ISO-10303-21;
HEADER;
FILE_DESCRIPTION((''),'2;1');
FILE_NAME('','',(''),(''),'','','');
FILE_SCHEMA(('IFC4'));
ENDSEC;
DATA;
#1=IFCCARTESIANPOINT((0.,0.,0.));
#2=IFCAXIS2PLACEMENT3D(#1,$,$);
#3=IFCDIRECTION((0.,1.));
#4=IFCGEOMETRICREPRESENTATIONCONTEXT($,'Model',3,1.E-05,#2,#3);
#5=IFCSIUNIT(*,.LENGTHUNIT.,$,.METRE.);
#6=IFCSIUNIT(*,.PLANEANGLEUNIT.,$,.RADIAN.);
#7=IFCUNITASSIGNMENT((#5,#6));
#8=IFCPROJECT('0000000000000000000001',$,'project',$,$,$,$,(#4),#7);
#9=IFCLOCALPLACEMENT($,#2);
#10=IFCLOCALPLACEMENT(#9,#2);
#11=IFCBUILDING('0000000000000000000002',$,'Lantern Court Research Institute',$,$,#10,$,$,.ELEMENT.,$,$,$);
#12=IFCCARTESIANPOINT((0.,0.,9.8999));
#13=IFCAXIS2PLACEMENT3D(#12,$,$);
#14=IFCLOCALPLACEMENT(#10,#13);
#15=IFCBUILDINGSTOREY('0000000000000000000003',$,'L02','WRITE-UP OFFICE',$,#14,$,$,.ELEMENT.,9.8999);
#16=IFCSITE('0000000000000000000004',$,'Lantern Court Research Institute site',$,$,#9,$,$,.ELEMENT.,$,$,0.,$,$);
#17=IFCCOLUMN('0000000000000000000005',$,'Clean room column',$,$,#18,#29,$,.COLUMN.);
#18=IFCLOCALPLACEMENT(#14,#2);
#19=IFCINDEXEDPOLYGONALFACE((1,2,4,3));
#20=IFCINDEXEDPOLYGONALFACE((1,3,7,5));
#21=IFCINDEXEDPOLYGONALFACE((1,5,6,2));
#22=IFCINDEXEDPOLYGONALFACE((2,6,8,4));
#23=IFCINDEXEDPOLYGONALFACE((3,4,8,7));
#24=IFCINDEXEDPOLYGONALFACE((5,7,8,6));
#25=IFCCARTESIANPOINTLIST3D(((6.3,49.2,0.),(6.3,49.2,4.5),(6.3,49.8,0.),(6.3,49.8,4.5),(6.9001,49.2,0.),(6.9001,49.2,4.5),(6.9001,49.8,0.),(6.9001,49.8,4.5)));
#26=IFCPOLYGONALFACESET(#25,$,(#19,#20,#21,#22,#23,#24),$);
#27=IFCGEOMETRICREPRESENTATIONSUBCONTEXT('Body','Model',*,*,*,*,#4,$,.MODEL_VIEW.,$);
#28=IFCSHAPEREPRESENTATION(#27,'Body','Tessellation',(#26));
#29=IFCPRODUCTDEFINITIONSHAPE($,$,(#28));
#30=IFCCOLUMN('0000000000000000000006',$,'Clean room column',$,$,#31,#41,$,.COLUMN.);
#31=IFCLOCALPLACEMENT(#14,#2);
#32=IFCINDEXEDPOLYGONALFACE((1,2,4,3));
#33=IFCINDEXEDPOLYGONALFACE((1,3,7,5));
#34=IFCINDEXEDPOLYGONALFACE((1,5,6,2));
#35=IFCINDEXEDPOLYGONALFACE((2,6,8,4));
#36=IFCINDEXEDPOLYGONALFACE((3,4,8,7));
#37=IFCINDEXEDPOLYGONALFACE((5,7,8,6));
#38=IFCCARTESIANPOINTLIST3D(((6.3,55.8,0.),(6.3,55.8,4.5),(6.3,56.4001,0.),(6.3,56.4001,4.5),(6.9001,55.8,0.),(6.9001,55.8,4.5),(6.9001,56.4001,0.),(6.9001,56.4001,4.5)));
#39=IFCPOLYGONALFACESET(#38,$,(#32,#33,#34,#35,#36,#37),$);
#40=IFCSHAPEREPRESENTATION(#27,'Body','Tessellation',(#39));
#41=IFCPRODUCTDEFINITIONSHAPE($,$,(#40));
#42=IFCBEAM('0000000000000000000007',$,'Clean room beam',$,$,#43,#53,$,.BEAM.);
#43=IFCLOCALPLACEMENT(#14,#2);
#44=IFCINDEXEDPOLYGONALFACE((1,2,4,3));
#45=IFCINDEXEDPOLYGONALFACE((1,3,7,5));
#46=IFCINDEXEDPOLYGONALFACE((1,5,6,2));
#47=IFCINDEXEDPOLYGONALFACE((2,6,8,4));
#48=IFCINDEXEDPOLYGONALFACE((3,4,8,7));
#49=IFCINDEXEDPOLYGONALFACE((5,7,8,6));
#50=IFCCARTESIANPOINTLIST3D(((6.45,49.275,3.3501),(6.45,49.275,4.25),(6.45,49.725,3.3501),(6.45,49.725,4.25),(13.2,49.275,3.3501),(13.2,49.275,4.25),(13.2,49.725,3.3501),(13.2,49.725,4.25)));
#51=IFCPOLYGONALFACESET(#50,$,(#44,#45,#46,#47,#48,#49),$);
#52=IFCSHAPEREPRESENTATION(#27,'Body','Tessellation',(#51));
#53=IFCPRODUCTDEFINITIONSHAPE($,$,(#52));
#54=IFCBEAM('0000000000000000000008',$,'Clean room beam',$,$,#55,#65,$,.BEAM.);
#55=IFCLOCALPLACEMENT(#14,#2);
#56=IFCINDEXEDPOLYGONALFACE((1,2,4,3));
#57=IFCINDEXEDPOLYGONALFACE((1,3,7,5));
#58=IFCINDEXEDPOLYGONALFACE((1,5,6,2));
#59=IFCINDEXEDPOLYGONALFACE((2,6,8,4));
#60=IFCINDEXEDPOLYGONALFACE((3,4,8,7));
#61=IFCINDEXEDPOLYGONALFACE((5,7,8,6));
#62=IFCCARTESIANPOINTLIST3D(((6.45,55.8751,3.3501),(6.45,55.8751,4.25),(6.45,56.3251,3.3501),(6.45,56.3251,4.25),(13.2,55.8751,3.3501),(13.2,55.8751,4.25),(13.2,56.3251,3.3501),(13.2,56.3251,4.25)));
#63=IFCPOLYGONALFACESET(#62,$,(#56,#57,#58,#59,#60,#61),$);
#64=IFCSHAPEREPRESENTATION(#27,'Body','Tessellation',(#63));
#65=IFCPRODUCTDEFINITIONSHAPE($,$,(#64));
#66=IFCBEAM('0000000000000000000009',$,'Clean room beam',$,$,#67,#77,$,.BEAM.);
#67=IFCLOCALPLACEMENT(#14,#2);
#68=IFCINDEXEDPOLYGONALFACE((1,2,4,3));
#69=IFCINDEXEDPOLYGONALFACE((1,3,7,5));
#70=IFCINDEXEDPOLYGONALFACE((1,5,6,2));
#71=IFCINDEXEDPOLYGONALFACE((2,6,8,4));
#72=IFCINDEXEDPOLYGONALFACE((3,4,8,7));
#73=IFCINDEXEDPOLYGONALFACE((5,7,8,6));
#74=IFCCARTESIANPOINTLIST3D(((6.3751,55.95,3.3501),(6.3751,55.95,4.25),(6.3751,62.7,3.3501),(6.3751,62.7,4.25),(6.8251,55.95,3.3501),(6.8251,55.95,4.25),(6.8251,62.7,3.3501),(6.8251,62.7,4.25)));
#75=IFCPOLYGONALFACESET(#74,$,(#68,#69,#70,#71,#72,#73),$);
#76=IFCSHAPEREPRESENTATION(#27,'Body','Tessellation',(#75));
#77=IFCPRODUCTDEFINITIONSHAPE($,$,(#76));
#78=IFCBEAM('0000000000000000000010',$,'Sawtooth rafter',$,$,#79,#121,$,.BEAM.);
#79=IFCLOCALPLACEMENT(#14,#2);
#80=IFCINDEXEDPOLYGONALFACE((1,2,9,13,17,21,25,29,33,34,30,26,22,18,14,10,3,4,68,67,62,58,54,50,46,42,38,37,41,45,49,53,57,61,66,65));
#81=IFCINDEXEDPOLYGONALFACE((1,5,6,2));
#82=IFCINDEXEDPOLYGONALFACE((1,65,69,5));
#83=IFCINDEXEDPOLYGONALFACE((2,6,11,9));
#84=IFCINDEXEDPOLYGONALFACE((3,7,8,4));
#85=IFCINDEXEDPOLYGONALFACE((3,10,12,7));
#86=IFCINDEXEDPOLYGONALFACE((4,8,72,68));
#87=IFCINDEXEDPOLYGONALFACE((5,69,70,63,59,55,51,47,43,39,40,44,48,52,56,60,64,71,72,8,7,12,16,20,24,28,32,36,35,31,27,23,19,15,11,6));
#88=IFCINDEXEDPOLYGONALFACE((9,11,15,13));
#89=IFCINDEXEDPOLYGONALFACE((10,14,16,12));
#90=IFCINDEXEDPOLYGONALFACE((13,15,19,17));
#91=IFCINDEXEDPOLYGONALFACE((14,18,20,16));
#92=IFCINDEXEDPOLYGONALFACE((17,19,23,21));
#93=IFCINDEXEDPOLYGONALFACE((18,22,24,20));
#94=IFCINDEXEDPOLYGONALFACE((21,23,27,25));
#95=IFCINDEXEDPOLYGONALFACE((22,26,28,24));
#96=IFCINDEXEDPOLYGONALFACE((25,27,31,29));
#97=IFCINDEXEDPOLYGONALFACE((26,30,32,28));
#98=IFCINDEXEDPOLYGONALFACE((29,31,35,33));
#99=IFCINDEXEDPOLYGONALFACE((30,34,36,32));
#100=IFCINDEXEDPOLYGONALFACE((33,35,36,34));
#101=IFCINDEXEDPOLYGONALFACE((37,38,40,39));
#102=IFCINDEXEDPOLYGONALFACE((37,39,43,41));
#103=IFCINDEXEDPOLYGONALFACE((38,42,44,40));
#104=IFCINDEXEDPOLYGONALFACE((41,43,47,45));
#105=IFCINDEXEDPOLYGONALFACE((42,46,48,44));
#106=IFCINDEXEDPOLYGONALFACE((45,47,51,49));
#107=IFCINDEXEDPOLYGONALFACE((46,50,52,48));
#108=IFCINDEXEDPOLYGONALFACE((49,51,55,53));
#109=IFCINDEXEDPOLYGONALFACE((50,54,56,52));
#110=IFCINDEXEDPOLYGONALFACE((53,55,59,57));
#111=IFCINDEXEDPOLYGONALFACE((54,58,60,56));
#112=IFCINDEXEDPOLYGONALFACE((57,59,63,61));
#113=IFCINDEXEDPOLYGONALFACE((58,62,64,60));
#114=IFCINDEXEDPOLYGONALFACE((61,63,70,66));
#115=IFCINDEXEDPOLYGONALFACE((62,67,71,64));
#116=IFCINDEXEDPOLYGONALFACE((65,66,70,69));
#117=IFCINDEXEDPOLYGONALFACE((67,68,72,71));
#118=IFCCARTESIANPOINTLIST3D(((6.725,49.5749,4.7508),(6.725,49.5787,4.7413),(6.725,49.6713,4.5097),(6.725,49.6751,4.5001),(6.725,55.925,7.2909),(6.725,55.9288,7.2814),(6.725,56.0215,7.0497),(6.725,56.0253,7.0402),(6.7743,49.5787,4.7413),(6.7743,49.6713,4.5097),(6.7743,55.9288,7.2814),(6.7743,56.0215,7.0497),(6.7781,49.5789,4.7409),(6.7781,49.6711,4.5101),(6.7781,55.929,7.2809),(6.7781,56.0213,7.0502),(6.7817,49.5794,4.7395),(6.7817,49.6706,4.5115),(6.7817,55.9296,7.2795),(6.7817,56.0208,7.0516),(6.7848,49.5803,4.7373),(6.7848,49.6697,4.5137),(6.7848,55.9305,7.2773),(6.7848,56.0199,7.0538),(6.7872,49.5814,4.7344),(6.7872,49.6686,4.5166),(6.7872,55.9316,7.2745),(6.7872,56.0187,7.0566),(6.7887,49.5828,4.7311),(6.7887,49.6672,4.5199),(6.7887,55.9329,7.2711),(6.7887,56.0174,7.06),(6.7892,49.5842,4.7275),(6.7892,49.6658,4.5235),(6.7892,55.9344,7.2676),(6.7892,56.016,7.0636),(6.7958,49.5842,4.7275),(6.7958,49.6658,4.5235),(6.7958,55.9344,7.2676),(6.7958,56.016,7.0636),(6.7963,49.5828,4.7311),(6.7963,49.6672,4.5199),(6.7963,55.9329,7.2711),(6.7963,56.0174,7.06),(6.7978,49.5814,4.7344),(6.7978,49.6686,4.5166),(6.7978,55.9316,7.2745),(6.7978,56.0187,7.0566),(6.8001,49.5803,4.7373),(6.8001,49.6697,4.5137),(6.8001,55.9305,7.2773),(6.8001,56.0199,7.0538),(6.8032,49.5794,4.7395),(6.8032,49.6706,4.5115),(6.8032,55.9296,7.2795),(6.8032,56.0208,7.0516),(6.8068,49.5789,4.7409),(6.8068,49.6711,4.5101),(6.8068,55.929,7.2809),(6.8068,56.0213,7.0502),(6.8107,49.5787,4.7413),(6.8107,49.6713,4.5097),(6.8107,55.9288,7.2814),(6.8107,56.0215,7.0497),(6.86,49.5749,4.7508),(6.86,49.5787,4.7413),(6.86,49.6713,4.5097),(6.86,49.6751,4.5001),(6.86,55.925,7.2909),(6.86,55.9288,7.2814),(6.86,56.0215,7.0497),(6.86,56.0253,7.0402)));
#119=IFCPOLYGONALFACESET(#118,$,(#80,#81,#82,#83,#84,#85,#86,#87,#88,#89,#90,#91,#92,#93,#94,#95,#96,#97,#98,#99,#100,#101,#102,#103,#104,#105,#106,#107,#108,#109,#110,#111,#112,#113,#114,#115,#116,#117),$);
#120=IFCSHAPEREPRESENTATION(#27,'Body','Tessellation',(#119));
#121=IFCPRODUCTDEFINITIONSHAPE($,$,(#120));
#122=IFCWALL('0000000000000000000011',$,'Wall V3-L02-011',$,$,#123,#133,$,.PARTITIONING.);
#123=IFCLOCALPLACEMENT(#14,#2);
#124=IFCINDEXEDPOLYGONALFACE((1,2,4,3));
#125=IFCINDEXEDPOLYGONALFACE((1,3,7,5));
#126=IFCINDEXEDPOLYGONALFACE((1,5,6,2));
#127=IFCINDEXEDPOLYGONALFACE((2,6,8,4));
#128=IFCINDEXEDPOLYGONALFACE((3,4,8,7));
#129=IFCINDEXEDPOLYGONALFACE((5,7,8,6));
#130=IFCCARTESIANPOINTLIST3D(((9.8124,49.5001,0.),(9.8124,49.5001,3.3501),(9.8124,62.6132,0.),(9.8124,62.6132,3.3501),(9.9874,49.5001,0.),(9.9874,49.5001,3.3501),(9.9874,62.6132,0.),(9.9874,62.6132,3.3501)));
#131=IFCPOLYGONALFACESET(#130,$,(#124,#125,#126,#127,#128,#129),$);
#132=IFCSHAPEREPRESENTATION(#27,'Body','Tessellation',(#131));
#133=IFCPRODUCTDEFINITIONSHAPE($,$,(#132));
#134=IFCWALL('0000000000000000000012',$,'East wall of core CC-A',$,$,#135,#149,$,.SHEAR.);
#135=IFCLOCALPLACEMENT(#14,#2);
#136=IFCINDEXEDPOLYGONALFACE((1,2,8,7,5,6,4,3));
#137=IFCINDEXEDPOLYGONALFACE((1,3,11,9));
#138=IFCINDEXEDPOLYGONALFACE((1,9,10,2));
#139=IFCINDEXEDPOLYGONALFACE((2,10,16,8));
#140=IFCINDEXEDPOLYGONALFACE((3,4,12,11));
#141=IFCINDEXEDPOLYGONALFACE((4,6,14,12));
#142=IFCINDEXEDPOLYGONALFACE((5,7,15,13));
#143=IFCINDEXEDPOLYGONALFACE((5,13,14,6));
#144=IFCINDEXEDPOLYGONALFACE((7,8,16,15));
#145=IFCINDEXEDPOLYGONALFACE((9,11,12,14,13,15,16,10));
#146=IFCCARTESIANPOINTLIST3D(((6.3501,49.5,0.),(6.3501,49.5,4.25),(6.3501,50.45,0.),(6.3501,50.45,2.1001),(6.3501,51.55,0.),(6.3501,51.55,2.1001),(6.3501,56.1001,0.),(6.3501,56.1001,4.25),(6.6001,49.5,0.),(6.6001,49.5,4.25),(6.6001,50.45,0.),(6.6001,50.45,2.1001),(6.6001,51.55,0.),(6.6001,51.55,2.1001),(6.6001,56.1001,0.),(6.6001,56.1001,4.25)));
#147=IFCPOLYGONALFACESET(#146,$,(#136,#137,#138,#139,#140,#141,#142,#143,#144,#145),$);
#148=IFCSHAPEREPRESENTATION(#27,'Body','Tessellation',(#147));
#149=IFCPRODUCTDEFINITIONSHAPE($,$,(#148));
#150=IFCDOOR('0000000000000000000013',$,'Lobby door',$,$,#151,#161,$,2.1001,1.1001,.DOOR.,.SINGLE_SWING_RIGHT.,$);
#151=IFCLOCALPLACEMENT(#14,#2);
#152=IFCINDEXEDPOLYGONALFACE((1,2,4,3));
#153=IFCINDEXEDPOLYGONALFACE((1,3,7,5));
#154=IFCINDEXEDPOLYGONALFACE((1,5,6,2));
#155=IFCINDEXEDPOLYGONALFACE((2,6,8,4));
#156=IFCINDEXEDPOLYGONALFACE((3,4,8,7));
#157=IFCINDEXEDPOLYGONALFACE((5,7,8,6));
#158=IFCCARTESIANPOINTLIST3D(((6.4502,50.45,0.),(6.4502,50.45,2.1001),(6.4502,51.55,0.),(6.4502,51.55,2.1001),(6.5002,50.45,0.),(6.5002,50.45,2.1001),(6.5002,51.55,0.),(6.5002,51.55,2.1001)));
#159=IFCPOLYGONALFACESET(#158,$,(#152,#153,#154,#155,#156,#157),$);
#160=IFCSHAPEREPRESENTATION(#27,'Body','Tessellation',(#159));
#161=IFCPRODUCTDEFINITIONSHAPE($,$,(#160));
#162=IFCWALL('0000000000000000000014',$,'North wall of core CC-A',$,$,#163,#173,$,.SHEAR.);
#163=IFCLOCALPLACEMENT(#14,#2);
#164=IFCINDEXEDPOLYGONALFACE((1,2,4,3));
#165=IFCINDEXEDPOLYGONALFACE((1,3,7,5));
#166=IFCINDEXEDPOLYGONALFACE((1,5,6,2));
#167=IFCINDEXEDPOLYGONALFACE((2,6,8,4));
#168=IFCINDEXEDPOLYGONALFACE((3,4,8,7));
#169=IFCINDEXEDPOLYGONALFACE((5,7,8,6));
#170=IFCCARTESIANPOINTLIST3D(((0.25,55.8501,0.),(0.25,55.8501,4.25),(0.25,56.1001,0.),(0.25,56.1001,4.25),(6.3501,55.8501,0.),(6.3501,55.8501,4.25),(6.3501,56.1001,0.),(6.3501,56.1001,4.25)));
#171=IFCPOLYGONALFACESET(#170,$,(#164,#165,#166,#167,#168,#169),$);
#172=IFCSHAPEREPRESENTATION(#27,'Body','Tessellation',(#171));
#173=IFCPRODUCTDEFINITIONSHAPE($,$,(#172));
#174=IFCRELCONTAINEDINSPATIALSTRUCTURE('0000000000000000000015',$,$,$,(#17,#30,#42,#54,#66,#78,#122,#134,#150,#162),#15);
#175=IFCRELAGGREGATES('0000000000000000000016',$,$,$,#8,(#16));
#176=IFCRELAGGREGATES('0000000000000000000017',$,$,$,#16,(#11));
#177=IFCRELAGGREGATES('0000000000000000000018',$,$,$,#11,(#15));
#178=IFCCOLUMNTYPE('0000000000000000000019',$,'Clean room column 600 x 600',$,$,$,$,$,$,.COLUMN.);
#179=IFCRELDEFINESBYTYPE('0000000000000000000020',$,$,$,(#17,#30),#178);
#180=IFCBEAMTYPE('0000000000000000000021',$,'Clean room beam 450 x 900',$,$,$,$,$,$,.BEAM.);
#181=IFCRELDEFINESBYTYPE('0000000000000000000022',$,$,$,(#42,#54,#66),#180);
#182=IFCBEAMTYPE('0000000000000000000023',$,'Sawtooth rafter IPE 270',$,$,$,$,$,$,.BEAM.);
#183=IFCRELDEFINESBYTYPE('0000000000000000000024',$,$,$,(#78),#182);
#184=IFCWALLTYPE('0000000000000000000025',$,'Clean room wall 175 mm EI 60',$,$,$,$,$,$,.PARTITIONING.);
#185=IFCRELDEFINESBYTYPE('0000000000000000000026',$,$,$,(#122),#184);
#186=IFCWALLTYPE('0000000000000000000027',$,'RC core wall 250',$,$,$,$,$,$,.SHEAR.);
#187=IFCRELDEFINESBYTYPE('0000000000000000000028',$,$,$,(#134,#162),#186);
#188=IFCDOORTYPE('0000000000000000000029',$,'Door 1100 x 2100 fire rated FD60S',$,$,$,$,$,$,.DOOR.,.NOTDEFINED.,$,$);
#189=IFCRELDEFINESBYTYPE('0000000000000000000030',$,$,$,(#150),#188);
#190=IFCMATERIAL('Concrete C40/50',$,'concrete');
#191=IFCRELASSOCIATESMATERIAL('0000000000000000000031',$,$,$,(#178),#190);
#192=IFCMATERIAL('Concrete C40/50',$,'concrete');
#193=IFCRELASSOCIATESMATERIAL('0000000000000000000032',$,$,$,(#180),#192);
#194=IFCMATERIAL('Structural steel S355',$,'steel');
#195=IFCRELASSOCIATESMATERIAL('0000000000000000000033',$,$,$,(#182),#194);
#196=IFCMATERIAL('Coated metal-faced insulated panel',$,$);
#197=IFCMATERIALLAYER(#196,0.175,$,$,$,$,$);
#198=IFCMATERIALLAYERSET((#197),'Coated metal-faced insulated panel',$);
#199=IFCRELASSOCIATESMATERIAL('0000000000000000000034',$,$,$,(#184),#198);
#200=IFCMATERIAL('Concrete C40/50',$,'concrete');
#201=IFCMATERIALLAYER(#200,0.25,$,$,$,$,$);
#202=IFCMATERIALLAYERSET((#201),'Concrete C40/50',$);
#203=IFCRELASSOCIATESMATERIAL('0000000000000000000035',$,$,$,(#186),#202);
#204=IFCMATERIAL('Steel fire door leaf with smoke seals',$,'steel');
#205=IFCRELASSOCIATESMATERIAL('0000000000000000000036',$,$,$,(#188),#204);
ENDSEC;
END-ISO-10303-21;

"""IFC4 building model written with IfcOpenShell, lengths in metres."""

from ifc_helpers import new_model, si_unit, direction, frame, frame_2d, origin, origin_2d, place, context, subcontext, project, spatial, rectangle, i_section, extrude, material, layer, layer_set, material_profile, profile_set, type_object, element, fill, save


model = new_model("IFC4")

# Units and contexts
model_context = context("Model", 3, precision=1e-05, world=origin(), true_north=direction((0.0, 1.0)))
body_context = subcontext(model_context, "Body", "Model", "MODEL_VIEW")
ifc_project = project(units=[si_unit("LENGTHUNIT", "METRE"), si_unit("PLANEANGLEUNIT", "RADIAN")], contexts=[model_context])

# Site, building, storey
site_placement = place(None, origin())
site = spatial("IfcSite", under=ifc_project, at=site_placement, Name="Lantern Court Research Institute site", CompositionType="ELEMENT", RefElevation=0.0)
building_placement = place(site_placement, origin())
building = spatial("IfcBuilding", under=site, at=building_placement, Name="Lantern Court Research Institute", CompositionType="ELEMENT")
storey_placement = place(building_placement, frame((0.0, 0.0, 9.8999)))
storey = spatial("IfcBuildingStorey", under=building, at=storey_placement, Name="L02", Description="WRITE-UP OFFICE", CompositionType="ELEMENT", Elevation=9.8999)

# Columns
ifc_material_1 = material(Name="Concrete C40/50", Category="concrete")
ifc_material_profile_1 = material_profile(ifc_material_1, rectangle(XDim=0.6001, YDim=0.6001, at=origin_2d()), Name="Clean room column 600 x 600")
ifc_profile_set_1 = profile_set([ifc_material_profile_1], Name="Concrete C40/50")
column_type = type_object("IfcColumnType", Name="Clean room column 600 x 600", PredefinedType="COLUMN", material=ifc_profile_set_1)
for number, where, z_axis, x_axis, name in (
    (1, (6.6001, 49.5, 0.0), (0.0, 0.0, 1.0), (1.0, 0.0, 0.0), "Clean room column"),
    (2, (6.6001, 56.1001, 0.0), (0.0, 0.0, 1.0), (1.0, 0.0, 0.0), "Clean room column"),
):
    element("IfcColumn", number, at=place(storey_placement, frame(where, z_axis=z_axis, x_axis=x_axis)), inside=storey, type_object=column_type, Name=name, PredefinedType="COLUMN", context=body_context, shape_type="SweptSolid", body=[
        extrude(rectangle(XDim=0.6001, YDim=0.6001, at=origin_2d()), origin(), (0.0, 0.0, 1.0), 4.5),
    ])

# Beams
ifc_material_2 = material(Name="Concrete C40/50", Category="concrete")
ifc_material_profile_2 = material_profile(ifc_material_2, rectangle(XDim=0.45, YDim=0.8999, at=origin_2d()), Name="Clean room beam 450 x 900")
ifc_profile_set_2 = profile_set([ifc_material_profile_2], Name="Concrete C40/50")
beam_type_1 = type_object("IfcBeamType", Name="Clean room beam 450 x 900", PredefinedType="BEAM", material=ifc_profile_set_2)
for number, where, z_axis, x_axis, name in (
    (3, (6.45, 49.5, 3.8), (1.0, 0.0, 0.0), (0.0, 1.0, 0.0), "Clean room beam"),
    (4, (6.45, 56.1001, 3.8), (1.0, 0.0, 0.0), (0.0, 1.0, 0.0), "Clean room beam"),
    (5, (6.6001, 55.95, 3.8), (0.0, 1.0, 0.0), (-1.0, 0.0, 0.0), "Clean room beam"),
):
    element("IfcBeam", number, at=place(storey_placement, frame(where, z_axis=z_axis, x_axis=x_axis)), inside=storey, type_object=beam_type_1, Name=name, PredefinedType="BEAM", context=body_context, shape_type="SweptSolid", body=[
        extrude(rectangle(XDim=0.45, YDim=0.8999, at=origin_2d()), origin(), (0.0, 0.0, 1.0), 6.75),
    ])
ifc_material_3 = material(Name="Structural steel S355", Category="steel")
ifc_material_profile_3 = material_profile(ifc_material_3, i_section(OverallWidth=0.135, OverallDepth=0.27, WebThickness=0.0066, FlangeThickness=0.0103, FilletRadius=0.0149, at=origin_2d()), Name="IPE 270")
ifc_profile_set_3 = profile_set([ifc_material_profile_3], Name="Structural steel S355")
beam_type_2 = type_object("IfcBeamType", Name="Sawtooth rafter IPE 270", PredefinedType="BEAM", material=ifc_profile_set_3)
beam_placement = place(storey_placement, frame((6.7925, 49.625, 4.6255), z_axis=(0.0, 0.928477, 0.371391), x_axis=(-1.0, 0.0, 0.0)))
element("IfcBeam", 6, at=beam_placement, inside=storey, type_object=beam_type_2, Name="Sawtooth rafter", PredefinedType="BEAM", context=body_context, shape_type="SweptSolid", body=[
    extrude(i_section(OverallWidth=0.135, OverallDepth=0.27, WebThickness=0.0066, FlangeThickness=0.0103, FilletRadius=0.0149, at=origin_2d()), origin(), (0.0, 0.0, 1.0), 6.8394),
])

# Wall
ifc_material_4 = material(Name="Coated metal-faced insulated panel")
ifc_layer_1 = layer(ifc_material_4, 0.175)
ifc_layer_set_1 = layer_set([ifc_layer_1], Name="Coated metal-faced insulated panel")
wall_type_1 = type_object("IfcWallType", Name="Clean room wall 175 mm EI 60", PredefinedType="PARTITIONING", material=ifc_layer_set_1)
wall_1_placement = place(storey_placement, frame((9.8999, 49.5, 0.0), z_axis=(0.0, 0.0, 1.0), x_axis=(0.0, 1.0, 0.0)))
element("IfcWall", 7, at=wall_1_placement, inside=storey, type_object=wall_type_1, Name="Wall V3-L02-011", PredefinedType="PARTITIONING", context=body_context, shape_type="SweptSolid", body=[
    extrude(rectangle(XDim=13.113, YDim=0.175, at=frame_2d((6.5566, 0.0))), origin(), (0.0, 0.0, 1.0), 3.3501),
])

# Wall, opening, door
ifc_material_5 = material(Name="Concrete C40/50", Category="concrete")
ifc_layer_2 = layer(ifc_material_5, 0.25)
ifc_layer_set_2 = layer_set([ifc_layer_2], Name="Concrete C40/50")
wall_type_2 = type_object("IfcWallType", Name="RC core wall 250", PredefinedType="SHEAR", material=ifc_layer_set_2)
wall_2_placement = place(storey_placement, frame((6.4751, 49.5, 0.0), z_axis=(0.0, 0.0, 1.0), x_axis=(0.0, 1.0, 0.0)))
wall_2 = element("IfcWall", 8, at=wall_2_placement, inside=storey, type_object=wall_type_2, Name="East wall of core CC-A", PredefinedType="SHEAR", context=body_context, shape_type="SweptSolid", body=[
    extrude(rectangle(XDim=6.6001, YDim=0.25, at=frame_2d((3.3, 0.0))), origin(), (0.0, 0.0, 1.0), 4.25),
])
opening_1_placement = place(wall_2_placement, frame((0.95, 0.0, 0.0)))
opening_1 = element("IfcOpeningElement", 9, at=opening_1_placement, cuts=wall_2, PredefinedType="OPENING", context=body_context, shape_type="SweptSolid", body=[
    extrude(rectangle(XDim=1.1001, YDim=2.1001, at=frame_2d((0.55, 1.05))), frame((0.0, 0.135, 0.0), z_axis=(0.0, -1.0, 0.0), x_axis=(1.0, 0.0, 0.0)), (0.0, 0.0, 1.0), 0.27),
])
ifc_material_6 = material(Name="Steel fire door leaf with smoke seals", Category="steel")
door_type_1 = type_object("IfcDoorType", Name="Door 1100 x 2100 fire rated FD60S", OperationType="NOTDEFINED", PredefinedType="DOOR", material=ifc_material_6)
door_1_placement = place(opening_1_placement, origin())
door_1 = element("IfcDoor", 10, at=door_1_placement, inside=storey, type_object=door_type_1, Name="Lobby door", OperationType="SINGLE_SWING_RIGHT", OverallHeight=2.1001, OverallWidth=1.1001, PredefinedType="DOOR", context=body_context, shape_type="SweptSolid", body=[
    extrude(rectangle(XDim=1.1001, YDim=2.1001, at=frame_2d((0.55, 1.05))), frame((0.0, 0.0249, 0.0), z_axis=(0.0, -1.0, 0.0), x_axis=(1.0, 0.0, 0.0)), (0.0, 0.0, 1.0), 0.05),
])
fill(opening_1, door_1)

# Wall
wall_3_placement = place(storey_placement, frame((6.3501, 55.9751, 0.0), z_axis=(0.0, 0.0, 1.0), x_axis=(-1.0, 0.0, 0.0)))
element("IfcWall", 11, at=wall_3_placement, inside=storey, type_object=wall_type_2, Name="North wall of core CC-A", PredefinedType="SHEAR", context=body_context, shape_type="SweptSolid", body=[
    extrude(rectangle(XDim=6.1001, YDim=0.25, at=frame_2d((3.05, 0.0))), origin(), (0.0, 0.0, 1.0), 4.25),
])

save(model, "model.ifc")
